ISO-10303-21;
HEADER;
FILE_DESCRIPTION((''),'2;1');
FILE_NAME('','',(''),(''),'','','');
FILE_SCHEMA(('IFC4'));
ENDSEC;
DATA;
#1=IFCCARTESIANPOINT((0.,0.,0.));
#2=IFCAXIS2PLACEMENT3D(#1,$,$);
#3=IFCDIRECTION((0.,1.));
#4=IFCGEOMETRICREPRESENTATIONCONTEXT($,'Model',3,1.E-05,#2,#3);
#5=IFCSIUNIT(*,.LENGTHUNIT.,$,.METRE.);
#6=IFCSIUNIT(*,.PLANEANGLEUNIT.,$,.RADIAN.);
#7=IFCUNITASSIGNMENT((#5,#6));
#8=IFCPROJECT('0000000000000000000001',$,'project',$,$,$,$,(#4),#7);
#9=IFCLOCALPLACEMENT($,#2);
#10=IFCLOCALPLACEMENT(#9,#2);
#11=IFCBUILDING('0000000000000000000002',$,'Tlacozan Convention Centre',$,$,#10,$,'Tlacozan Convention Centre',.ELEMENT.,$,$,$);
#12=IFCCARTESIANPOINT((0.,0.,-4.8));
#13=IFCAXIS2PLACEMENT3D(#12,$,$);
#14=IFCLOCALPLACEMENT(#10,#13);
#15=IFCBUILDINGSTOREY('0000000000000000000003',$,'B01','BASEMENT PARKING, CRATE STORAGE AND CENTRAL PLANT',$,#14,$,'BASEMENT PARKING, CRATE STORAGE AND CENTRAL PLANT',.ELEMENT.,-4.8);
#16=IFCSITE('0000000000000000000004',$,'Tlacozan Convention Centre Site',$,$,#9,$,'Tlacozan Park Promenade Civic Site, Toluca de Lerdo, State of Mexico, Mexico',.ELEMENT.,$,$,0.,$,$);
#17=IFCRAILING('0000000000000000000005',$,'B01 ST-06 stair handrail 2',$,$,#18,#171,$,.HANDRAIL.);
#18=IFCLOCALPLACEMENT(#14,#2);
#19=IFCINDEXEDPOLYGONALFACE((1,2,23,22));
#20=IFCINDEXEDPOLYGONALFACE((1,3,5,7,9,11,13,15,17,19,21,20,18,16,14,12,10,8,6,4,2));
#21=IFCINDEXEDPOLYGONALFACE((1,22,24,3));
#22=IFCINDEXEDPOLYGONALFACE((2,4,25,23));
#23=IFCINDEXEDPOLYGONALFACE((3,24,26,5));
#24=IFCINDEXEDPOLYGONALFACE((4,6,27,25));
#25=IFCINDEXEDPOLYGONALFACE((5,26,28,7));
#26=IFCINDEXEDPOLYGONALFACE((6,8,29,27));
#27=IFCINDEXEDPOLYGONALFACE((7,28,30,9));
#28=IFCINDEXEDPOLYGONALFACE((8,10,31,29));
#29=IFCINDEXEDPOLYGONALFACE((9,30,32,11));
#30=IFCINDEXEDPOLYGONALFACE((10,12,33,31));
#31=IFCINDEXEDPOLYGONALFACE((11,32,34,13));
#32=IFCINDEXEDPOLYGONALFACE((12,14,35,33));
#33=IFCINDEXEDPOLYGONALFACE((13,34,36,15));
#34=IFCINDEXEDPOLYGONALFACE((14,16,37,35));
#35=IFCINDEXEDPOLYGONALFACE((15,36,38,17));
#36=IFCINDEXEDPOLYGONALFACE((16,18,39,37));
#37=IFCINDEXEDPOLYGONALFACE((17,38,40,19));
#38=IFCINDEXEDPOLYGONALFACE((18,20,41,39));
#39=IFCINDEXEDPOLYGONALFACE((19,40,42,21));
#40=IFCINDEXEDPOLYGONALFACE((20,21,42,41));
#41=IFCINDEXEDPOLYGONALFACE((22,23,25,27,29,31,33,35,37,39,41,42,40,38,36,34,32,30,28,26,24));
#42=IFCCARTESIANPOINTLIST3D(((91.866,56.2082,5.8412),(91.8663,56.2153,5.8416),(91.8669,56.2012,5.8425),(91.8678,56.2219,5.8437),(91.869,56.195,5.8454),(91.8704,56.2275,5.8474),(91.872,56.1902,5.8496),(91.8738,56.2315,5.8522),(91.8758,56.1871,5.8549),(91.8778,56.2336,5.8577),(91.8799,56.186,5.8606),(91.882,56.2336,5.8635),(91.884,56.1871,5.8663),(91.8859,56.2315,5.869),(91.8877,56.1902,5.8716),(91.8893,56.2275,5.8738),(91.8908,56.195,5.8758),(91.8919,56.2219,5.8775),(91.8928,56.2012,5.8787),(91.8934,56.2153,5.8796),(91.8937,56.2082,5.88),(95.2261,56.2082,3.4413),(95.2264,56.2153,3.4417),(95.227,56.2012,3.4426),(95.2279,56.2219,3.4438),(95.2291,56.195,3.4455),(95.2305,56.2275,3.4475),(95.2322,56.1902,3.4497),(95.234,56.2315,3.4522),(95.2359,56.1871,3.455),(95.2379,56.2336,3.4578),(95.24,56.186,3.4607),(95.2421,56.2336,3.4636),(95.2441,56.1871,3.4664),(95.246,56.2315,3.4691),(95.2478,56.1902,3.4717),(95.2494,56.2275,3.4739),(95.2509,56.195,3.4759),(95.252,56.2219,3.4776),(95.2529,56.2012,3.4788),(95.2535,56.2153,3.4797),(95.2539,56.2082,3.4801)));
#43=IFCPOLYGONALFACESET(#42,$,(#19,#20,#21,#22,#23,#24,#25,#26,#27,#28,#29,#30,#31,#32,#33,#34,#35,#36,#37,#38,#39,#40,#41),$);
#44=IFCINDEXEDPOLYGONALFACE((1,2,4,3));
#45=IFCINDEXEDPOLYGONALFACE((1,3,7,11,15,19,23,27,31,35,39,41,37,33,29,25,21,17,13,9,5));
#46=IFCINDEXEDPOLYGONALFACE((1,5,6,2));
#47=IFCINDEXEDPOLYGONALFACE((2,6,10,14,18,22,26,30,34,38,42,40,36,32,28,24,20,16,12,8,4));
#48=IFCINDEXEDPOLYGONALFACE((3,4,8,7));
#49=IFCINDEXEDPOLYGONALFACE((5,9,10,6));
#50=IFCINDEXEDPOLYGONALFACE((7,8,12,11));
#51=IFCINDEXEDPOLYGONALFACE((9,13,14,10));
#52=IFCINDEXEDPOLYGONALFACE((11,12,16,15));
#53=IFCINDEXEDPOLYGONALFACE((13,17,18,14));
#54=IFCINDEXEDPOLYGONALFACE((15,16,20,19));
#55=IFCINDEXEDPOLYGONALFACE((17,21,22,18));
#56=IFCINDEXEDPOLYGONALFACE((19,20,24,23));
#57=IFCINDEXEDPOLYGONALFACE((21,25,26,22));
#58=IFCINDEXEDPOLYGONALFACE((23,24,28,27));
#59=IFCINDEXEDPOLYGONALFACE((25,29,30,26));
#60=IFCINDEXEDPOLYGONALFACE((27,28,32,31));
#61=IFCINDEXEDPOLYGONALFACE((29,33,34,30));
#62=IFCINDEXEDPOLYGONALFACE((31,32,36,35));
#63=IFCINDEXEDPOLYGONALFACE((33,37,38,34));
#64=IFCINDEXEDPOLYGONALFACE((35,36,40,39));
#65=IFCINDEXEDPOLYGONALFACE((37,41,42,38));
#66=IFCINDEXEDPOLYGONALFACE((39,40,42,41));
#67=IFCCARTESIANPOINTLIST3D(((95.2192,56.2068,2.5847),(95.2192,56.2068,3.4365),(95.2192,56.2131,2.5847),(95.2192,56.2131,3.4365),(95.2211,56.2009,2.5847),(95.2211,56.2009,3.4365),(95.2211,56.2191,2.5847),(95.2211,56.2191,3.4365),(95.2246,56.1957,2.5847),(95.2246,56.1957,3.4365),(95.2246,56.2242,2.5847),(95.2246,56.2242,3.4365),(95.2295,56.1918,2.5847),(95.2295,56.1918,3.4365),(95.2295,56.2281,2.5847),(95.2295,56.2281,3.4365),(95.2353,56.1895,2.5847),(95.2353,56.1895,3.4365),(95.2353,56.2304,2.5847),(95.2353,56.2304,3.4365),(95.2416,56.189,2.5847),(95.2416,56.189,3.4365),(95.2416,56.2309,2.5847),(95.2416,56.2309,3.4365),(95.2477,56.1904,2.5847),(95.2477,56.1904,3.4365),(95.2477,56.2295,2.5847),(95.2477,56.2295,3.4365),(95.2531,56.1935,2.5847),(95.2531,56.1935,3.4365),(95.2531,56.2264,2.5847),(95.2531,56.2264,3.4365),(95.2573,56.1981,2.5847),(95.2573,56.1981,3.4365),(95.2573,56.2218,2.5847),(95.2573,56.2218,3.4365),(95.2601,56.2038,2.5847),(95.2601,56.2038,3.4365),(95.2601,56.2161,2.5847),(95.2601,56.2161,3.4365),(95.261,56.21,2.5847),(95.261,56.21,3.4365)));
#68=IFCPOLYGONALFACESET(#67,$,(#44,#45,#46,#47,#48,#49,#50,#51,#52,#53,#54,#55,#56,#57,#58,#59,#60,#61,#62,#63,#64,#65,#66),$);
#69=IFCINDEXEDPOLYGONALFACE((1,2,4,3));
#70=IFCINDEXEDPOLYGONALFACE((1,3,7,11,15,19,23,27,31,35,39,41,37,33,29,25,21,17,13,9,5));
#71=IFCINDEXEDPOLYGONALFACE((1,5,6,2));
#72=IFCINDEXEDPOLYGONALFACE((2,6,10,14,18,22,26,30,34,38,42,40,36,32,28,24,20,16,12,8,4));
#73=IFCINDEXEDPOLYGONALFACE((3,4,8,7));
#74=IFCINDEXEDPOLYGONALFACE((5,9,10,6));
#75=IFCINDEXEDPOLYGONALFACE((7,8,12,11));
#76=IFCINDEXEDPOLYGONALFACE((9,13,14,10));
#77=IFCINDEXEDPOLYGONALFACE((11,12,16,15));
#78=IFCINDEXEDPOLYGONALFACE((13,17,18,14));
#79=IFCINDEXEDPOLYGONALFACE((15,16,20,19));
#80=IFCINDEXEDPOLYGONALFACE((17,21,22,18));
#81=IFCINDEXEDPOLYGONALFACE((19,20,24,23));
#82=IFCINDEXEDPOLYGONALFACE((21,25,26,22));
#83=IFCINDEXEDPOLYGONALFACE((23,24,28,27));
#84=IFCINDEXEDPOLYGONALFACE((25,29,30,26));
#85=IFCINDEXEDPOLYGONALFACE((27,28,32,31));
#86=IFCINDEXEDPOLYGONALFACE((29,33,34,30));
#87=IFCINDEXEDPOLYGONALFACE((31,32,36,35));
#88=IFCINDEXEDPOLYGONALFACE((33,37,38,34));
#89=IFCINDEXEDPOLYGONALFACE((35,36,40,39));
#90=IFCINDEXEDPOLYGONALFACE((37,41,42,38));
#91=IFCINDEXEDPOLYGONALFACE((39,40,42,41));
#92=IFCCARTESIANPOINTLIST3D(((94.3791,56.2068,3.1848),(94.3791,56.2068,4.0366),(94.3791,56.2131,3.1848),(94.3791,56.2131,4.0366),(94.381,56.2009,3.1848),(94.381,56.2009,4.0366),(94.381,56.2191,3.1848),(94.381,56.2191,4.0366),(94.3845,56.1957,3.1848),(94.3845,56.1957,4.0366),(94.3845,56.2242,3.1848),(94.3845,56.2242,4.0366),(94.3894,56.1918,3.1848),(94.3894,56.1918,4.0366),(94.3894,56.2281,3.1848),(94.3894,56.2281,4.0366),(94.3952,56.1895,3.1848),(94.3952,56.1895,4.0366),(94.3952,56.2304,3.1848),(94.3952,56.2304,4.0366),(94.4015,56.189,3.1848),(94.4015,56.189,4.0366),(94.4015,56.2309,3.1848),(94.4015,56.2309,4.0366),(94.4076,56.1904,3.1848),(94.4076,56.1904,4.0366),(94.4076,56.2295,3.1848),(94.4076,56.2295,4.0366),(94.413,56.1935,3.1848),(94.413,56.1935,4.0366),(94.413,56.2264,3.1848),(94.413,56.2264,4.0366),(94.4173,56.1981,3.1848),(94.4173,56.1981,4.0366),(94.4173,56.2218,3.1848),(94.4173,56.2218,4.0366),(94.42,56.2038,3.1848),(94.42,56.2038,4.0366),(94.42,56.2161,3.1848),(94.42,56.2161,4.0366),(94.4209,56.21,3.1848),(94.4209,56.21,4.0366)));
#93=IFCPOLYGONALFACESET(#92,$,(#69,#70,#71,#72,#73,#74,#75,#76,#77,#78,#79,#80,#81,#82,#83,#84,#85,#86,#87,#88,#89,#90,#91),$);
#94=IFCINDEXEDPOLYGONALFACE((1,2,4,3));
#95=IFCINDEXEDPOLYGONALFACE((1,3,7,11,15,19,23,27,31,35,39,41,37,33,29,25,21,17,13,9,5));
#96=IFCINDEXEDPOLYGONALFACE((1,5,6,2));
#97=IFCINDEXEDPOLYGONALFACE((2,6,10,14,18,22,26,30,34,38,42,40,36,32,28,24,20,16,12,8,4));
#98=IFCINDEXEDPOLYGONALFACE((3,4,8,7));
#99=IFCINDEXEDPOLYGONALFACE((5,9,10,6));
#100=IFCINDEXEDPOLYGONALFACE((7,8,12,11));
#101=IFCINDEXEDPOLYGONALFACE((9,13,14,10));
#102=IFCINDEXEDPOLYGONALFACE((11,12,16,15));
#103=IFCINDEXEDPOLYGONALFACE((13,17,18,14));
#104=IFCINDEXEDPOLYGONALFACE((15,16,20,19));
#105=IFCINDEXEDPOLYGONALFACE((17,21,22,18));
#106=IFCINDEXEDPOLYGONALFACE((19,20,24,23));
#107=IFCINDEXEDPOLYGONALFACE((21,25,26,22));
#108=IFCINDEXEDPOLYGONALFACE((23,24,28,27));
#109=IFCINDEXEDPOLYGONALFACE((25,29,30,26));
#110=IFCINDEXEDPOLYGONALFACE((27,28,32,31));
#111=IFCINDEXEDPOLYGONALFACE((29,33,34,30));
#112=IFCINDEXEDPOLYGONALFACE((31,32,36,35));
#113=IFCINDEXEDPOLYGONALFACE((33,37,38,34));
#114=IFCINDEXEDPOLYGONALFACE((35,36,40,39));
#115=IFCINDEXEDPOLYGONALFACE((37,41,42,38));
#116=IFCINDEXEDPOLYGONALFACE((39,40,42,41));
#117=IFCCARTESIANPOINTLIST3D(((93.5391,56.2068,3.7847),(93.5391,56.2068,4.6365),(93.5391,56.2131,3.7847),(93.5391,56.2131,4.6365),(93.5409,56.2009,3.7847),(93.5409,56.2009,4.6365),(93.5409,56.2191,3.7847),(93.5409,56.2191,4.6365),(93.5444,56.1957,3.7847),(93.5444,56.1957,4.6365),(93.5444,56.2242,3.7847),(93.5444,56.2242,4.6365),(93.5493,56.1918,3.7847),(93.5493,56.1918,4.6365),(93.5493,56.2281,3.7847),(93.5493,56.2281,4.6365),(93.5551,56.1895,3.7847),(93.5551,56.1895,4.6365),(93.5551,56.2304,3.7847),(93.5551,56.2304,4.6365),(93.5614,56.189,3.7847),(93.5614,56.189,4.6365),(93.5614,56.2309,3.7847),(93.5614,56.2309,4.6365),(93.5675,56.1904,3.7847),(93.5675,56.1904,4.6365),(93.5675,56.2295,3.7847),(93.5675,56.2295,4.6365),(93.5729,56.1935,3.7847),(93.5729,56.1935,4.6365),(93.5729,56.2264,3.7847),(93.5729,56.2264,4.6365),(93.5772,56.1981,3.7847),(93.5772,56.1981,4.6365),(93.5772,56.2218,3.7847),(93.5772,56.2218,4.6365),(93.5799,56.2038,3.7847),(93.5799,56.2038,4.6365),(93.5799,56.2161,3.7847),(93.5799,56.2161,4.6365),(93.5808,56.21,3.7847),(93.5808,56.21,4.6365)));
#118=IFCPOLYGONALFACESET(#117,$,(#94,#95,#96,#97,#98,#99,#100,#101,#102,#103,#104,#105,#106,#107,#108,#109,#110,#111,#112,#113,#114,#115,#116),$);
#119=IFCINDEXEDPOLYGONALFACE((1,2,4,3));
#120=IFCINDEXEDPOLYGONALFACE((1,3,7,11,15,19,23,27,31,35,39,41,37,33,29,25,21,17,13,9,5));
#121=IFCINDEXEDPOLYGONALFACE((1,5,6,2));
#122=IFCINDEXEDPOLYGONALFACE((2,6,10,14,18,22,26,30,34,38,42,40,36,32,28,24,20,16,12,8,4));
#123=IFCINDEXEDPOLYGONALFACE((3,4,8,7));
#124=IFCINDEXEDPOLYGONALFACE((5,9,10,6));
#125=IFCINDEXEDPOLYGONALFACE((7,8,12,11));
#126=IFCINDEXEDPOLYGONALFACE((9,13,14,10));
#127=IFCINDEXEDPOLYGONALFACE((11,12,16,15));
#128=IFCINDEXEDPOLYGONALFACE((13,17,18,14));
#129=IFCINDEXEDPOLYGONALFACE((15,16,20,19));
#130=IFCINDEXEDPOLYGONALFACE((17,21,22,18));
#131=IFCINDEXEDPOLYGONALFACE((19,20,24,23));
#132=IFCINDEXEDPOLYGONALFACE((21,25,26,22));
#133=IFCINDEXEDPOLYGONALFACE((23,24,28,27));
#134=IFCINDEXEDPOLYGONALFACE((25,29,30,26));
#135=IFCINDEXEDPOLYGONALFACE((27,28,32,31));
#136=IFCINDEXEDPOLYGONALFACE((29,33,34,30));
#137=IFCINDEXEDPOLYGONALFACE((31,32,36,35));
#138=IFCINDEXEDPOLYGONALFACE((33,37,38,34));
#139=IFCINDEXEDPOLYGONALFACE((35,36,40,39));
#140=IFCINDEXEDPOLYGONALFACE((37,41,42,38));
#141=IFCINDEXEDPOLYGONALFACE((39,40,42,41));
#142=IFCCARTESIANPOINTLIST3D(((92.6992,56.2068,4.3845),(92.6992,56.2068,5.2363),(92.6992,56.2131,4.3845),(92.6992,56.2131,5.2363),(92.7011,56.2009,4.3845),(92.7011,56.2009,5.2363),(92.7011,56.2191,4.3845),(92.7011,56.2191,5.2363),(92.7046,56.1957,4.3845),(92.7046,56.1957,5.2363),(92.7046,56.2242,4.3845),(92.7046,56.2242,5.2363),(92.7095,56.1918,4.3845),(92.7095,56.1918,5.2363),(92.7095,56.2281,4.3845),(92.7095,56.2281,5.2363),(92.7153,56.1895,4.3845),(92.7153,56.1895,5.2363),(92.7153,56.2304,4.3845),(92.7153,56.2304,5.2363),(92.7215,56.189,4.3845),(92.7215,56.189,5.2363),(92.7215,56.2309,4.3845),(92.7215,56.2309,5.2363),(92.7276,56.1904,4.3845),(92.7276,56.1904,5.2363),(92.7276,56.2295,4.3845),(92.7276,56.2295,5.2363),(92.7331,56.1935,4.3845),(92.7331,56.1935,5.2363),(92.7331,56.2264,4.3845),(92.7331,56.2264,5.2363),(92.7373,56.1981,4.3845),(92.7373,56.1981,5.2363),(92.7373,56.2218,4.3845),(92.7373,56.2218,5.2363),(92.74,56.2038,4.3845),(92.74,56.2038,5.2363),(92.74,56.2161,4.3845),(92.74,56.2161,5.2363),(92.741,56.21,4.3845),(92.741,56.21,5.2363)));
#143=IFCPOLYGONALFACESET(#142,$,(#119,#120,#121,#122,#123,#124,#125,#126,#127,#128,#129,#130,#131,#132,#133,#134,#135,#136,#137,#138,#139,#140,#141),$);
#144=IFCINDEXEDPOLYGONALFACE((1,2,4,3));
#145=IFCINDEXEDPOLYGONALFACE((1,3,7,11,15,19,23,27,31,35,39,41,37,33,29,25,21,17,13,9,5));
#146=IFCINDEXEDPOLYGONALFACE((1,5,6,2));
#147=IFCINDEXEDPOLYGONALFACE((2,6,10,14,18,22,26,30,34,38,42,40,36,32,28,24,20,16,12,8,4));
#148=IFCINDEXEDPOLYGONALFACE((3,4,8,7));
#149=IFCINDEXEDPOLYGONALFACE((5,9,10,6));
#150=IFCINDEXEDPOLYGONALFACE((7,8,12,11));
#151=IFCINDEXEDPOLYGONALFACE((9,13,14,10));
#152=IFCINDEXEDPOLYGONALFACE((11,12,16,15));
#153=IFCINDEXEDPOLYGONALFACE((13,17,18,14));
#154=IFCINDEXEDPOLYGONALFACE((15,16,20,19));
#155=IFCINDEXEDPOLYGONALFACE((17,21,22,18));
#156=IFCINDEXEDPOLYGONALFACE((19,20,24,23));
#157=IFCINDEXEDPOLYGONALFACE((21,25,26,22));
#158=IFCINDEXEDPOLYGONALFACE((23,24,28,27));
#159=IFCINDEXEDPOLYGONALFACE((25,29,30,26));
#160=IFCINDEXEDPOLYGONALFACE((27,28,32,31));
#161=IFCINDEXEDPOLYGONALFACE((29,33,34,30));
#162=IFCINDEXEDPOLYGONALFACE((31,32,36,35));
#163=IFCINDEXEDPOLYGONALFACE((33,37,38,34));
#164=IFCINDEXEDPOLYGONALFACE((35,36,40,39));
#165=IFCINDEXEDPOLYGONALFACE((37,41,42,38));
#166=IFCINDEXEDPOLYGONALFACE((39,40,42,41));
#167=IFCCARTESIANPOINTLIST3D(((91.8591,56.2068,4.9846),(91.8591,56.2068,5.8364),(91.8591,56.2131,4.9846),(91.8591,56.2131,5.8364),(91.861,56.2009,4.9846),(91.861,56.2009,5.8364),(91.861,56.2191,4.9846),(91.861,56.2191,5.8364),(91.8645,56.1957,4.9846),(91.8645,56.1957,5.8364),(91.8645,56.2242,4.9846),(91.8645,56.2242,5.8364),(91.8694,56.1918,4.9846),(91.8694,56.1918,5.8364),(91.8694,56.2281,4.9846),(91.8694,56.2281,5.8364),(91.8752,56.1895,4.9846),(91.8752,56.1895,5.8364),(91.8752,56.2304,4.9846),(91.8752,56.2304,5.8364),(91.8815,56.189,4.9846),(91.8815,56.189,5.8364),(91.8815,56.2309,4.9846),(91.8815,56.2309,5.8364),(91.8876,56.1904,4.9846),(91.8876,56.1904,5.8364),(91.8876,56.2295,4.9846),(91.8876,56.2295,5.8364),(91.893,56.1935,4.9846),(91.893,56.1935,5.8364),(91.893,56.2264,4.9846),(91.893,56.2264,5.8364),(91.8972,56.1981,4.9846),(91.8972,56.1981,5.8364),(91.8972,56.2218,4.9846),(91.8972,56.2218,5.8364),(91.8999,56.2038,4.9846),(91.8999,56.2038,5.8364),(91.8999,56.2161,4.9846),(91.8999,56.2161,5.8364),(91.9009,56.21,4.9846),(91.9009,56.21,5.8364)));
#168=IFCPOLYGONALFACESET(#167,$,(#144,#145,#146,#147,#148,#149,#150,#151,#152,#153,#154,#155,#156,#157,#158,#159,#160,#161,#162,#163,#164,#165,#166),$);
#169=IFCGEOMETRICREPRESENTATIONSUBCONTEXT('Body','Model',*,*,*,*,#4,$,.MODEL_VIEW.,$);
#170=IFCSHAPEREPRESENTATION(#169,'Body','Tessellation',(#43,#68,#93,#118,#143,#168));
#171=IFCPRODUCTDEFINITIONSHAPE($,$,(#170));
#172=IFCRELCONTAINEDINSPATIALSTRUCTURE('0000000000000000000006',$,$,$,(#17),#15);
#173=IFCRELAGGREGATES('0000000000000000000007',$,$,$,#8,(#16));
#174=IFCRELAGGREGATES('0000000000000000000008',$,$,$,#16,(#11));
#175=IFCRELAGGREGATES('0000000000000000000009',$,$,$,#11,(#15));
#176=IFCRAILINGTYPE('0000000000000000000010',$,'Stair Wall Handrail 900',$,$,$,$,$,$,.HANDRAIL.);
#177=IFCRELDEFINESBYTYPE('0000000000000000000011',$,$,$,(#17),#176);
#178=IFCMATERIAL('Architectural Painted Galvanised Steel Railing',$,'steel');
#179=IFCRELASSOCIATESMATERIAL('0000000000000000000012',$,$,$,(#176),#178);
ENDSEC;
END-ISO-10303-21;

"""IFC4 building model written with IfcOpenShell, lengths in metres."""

from ifc_helpers import new_model, si_unit, direction, frame, origin, origin_2d, place, context, subcontext, project, spatial, circle, extrude, material, type_object, element, save


model = new_model("IFC4")

# Units and contexts
model_context = context("Model", 3, precision=1e-05, world=origin(), true_north=direction((0.0, 1.0)))
body_context = subcontext(model_context, "Body", "Model", "MODEL_VIEW")
ifc_project = project(units=[si_unit("LENGTHUNIT", "METRE"), si_unit("PLANEANGLEUNIT", "RADIAN")], contexts=[model_context])

# Site, building, storey
site_placement = place(None, origin())
site = spatial("IfcSite", under=ifc_project, at=site_placement, Name="Tlacozan Convention Centre Site", LongName="Tlacozan Park Promenade Civic Site, Toluca de Lerdo, State of Mexico, Mexico", CompositionType="ELEMENT", RefElevation=0.0)
building_placement = place(site_placement, origin())
building = spatial("IfcBuilding", under=site, at=building_placement, Name="Tlacozan Convention Centre", LongName="Tlacozan Convention Centre", CompositionType="ELEMENT")
storey_placement = place(building_placement, frame((0.0, 0.0, -4.8)))
storey = spatial("IfcBuildingStorey", under=building, at=storey_placement, Name="B01", Description="BASEMENT PARKING, CRATE STORAGE AND CENTRAL PLANT", LongName="BASEMENT PARKING, CRATE STORAGE AND CENTRAL PLANT", CompositionType="ELEMENT", Elevation=-4.8)

# Railing
ifc_material_1 = material(Name="Architectural Painted Galvanised Steel Railing", Category="steel")
railing_type_1 = type_object("IfcRailingType", Name="Stair Wall Handrail 900", PredefinedType="HANDRAIL", material=ifc_material_1)
for number, where, name in (
    (1, (95.24, 56.21, 2.5847), "B01 ST-06 stair handrail 2"),
):
    element("IfcRailing", number, at=place(storey_placement, frame(where)), inside=storey, type_object=railing_type_1, Name=name, PredefinedType="HANDRAIL", context=body_context, shape_type="SweptSolid", body=[
        extrude(circle(Radius=0.0239, at=origin_2d()), frame((0.0, 0.0, 0.876), z_axis=(-0.813753, 0.0, 0.58121), x_axis=(0.0, -1.0, 0.0)), (0.0, 0.0, 1.0), 4.1292),
        extrude(circle(Radius=0.021, at=origin_2d()), origin(), (0.0, 0.0, 1.0), 0.8518),
        extrude(circle(Radius=0.021, at=origin_2d()), frame((-0.8401, 0.0, 0.6001)), (0.0, 0.0, 1.0), 0.8518),
        extrude(circle(Radius=0.021, at=origin_2d()), frame((-1.6802, 0.0, 1.2)), (0.0, 0.0, 1.0), 0.8518),
        extrude(circle(Radius=0.021, at=origin_2d()), frame((-2.52, 0.0, 1.7998)), (0.0, 0.0, 1.0), 0.8518),
        extrude(circle(Radius=0.021, at=origin_2d()), frame((-3.3601, 0.0, 2.3999)), (0.0, 0.0, 1.0), 0.8518),
    ])

save(model, "model.ifc")
